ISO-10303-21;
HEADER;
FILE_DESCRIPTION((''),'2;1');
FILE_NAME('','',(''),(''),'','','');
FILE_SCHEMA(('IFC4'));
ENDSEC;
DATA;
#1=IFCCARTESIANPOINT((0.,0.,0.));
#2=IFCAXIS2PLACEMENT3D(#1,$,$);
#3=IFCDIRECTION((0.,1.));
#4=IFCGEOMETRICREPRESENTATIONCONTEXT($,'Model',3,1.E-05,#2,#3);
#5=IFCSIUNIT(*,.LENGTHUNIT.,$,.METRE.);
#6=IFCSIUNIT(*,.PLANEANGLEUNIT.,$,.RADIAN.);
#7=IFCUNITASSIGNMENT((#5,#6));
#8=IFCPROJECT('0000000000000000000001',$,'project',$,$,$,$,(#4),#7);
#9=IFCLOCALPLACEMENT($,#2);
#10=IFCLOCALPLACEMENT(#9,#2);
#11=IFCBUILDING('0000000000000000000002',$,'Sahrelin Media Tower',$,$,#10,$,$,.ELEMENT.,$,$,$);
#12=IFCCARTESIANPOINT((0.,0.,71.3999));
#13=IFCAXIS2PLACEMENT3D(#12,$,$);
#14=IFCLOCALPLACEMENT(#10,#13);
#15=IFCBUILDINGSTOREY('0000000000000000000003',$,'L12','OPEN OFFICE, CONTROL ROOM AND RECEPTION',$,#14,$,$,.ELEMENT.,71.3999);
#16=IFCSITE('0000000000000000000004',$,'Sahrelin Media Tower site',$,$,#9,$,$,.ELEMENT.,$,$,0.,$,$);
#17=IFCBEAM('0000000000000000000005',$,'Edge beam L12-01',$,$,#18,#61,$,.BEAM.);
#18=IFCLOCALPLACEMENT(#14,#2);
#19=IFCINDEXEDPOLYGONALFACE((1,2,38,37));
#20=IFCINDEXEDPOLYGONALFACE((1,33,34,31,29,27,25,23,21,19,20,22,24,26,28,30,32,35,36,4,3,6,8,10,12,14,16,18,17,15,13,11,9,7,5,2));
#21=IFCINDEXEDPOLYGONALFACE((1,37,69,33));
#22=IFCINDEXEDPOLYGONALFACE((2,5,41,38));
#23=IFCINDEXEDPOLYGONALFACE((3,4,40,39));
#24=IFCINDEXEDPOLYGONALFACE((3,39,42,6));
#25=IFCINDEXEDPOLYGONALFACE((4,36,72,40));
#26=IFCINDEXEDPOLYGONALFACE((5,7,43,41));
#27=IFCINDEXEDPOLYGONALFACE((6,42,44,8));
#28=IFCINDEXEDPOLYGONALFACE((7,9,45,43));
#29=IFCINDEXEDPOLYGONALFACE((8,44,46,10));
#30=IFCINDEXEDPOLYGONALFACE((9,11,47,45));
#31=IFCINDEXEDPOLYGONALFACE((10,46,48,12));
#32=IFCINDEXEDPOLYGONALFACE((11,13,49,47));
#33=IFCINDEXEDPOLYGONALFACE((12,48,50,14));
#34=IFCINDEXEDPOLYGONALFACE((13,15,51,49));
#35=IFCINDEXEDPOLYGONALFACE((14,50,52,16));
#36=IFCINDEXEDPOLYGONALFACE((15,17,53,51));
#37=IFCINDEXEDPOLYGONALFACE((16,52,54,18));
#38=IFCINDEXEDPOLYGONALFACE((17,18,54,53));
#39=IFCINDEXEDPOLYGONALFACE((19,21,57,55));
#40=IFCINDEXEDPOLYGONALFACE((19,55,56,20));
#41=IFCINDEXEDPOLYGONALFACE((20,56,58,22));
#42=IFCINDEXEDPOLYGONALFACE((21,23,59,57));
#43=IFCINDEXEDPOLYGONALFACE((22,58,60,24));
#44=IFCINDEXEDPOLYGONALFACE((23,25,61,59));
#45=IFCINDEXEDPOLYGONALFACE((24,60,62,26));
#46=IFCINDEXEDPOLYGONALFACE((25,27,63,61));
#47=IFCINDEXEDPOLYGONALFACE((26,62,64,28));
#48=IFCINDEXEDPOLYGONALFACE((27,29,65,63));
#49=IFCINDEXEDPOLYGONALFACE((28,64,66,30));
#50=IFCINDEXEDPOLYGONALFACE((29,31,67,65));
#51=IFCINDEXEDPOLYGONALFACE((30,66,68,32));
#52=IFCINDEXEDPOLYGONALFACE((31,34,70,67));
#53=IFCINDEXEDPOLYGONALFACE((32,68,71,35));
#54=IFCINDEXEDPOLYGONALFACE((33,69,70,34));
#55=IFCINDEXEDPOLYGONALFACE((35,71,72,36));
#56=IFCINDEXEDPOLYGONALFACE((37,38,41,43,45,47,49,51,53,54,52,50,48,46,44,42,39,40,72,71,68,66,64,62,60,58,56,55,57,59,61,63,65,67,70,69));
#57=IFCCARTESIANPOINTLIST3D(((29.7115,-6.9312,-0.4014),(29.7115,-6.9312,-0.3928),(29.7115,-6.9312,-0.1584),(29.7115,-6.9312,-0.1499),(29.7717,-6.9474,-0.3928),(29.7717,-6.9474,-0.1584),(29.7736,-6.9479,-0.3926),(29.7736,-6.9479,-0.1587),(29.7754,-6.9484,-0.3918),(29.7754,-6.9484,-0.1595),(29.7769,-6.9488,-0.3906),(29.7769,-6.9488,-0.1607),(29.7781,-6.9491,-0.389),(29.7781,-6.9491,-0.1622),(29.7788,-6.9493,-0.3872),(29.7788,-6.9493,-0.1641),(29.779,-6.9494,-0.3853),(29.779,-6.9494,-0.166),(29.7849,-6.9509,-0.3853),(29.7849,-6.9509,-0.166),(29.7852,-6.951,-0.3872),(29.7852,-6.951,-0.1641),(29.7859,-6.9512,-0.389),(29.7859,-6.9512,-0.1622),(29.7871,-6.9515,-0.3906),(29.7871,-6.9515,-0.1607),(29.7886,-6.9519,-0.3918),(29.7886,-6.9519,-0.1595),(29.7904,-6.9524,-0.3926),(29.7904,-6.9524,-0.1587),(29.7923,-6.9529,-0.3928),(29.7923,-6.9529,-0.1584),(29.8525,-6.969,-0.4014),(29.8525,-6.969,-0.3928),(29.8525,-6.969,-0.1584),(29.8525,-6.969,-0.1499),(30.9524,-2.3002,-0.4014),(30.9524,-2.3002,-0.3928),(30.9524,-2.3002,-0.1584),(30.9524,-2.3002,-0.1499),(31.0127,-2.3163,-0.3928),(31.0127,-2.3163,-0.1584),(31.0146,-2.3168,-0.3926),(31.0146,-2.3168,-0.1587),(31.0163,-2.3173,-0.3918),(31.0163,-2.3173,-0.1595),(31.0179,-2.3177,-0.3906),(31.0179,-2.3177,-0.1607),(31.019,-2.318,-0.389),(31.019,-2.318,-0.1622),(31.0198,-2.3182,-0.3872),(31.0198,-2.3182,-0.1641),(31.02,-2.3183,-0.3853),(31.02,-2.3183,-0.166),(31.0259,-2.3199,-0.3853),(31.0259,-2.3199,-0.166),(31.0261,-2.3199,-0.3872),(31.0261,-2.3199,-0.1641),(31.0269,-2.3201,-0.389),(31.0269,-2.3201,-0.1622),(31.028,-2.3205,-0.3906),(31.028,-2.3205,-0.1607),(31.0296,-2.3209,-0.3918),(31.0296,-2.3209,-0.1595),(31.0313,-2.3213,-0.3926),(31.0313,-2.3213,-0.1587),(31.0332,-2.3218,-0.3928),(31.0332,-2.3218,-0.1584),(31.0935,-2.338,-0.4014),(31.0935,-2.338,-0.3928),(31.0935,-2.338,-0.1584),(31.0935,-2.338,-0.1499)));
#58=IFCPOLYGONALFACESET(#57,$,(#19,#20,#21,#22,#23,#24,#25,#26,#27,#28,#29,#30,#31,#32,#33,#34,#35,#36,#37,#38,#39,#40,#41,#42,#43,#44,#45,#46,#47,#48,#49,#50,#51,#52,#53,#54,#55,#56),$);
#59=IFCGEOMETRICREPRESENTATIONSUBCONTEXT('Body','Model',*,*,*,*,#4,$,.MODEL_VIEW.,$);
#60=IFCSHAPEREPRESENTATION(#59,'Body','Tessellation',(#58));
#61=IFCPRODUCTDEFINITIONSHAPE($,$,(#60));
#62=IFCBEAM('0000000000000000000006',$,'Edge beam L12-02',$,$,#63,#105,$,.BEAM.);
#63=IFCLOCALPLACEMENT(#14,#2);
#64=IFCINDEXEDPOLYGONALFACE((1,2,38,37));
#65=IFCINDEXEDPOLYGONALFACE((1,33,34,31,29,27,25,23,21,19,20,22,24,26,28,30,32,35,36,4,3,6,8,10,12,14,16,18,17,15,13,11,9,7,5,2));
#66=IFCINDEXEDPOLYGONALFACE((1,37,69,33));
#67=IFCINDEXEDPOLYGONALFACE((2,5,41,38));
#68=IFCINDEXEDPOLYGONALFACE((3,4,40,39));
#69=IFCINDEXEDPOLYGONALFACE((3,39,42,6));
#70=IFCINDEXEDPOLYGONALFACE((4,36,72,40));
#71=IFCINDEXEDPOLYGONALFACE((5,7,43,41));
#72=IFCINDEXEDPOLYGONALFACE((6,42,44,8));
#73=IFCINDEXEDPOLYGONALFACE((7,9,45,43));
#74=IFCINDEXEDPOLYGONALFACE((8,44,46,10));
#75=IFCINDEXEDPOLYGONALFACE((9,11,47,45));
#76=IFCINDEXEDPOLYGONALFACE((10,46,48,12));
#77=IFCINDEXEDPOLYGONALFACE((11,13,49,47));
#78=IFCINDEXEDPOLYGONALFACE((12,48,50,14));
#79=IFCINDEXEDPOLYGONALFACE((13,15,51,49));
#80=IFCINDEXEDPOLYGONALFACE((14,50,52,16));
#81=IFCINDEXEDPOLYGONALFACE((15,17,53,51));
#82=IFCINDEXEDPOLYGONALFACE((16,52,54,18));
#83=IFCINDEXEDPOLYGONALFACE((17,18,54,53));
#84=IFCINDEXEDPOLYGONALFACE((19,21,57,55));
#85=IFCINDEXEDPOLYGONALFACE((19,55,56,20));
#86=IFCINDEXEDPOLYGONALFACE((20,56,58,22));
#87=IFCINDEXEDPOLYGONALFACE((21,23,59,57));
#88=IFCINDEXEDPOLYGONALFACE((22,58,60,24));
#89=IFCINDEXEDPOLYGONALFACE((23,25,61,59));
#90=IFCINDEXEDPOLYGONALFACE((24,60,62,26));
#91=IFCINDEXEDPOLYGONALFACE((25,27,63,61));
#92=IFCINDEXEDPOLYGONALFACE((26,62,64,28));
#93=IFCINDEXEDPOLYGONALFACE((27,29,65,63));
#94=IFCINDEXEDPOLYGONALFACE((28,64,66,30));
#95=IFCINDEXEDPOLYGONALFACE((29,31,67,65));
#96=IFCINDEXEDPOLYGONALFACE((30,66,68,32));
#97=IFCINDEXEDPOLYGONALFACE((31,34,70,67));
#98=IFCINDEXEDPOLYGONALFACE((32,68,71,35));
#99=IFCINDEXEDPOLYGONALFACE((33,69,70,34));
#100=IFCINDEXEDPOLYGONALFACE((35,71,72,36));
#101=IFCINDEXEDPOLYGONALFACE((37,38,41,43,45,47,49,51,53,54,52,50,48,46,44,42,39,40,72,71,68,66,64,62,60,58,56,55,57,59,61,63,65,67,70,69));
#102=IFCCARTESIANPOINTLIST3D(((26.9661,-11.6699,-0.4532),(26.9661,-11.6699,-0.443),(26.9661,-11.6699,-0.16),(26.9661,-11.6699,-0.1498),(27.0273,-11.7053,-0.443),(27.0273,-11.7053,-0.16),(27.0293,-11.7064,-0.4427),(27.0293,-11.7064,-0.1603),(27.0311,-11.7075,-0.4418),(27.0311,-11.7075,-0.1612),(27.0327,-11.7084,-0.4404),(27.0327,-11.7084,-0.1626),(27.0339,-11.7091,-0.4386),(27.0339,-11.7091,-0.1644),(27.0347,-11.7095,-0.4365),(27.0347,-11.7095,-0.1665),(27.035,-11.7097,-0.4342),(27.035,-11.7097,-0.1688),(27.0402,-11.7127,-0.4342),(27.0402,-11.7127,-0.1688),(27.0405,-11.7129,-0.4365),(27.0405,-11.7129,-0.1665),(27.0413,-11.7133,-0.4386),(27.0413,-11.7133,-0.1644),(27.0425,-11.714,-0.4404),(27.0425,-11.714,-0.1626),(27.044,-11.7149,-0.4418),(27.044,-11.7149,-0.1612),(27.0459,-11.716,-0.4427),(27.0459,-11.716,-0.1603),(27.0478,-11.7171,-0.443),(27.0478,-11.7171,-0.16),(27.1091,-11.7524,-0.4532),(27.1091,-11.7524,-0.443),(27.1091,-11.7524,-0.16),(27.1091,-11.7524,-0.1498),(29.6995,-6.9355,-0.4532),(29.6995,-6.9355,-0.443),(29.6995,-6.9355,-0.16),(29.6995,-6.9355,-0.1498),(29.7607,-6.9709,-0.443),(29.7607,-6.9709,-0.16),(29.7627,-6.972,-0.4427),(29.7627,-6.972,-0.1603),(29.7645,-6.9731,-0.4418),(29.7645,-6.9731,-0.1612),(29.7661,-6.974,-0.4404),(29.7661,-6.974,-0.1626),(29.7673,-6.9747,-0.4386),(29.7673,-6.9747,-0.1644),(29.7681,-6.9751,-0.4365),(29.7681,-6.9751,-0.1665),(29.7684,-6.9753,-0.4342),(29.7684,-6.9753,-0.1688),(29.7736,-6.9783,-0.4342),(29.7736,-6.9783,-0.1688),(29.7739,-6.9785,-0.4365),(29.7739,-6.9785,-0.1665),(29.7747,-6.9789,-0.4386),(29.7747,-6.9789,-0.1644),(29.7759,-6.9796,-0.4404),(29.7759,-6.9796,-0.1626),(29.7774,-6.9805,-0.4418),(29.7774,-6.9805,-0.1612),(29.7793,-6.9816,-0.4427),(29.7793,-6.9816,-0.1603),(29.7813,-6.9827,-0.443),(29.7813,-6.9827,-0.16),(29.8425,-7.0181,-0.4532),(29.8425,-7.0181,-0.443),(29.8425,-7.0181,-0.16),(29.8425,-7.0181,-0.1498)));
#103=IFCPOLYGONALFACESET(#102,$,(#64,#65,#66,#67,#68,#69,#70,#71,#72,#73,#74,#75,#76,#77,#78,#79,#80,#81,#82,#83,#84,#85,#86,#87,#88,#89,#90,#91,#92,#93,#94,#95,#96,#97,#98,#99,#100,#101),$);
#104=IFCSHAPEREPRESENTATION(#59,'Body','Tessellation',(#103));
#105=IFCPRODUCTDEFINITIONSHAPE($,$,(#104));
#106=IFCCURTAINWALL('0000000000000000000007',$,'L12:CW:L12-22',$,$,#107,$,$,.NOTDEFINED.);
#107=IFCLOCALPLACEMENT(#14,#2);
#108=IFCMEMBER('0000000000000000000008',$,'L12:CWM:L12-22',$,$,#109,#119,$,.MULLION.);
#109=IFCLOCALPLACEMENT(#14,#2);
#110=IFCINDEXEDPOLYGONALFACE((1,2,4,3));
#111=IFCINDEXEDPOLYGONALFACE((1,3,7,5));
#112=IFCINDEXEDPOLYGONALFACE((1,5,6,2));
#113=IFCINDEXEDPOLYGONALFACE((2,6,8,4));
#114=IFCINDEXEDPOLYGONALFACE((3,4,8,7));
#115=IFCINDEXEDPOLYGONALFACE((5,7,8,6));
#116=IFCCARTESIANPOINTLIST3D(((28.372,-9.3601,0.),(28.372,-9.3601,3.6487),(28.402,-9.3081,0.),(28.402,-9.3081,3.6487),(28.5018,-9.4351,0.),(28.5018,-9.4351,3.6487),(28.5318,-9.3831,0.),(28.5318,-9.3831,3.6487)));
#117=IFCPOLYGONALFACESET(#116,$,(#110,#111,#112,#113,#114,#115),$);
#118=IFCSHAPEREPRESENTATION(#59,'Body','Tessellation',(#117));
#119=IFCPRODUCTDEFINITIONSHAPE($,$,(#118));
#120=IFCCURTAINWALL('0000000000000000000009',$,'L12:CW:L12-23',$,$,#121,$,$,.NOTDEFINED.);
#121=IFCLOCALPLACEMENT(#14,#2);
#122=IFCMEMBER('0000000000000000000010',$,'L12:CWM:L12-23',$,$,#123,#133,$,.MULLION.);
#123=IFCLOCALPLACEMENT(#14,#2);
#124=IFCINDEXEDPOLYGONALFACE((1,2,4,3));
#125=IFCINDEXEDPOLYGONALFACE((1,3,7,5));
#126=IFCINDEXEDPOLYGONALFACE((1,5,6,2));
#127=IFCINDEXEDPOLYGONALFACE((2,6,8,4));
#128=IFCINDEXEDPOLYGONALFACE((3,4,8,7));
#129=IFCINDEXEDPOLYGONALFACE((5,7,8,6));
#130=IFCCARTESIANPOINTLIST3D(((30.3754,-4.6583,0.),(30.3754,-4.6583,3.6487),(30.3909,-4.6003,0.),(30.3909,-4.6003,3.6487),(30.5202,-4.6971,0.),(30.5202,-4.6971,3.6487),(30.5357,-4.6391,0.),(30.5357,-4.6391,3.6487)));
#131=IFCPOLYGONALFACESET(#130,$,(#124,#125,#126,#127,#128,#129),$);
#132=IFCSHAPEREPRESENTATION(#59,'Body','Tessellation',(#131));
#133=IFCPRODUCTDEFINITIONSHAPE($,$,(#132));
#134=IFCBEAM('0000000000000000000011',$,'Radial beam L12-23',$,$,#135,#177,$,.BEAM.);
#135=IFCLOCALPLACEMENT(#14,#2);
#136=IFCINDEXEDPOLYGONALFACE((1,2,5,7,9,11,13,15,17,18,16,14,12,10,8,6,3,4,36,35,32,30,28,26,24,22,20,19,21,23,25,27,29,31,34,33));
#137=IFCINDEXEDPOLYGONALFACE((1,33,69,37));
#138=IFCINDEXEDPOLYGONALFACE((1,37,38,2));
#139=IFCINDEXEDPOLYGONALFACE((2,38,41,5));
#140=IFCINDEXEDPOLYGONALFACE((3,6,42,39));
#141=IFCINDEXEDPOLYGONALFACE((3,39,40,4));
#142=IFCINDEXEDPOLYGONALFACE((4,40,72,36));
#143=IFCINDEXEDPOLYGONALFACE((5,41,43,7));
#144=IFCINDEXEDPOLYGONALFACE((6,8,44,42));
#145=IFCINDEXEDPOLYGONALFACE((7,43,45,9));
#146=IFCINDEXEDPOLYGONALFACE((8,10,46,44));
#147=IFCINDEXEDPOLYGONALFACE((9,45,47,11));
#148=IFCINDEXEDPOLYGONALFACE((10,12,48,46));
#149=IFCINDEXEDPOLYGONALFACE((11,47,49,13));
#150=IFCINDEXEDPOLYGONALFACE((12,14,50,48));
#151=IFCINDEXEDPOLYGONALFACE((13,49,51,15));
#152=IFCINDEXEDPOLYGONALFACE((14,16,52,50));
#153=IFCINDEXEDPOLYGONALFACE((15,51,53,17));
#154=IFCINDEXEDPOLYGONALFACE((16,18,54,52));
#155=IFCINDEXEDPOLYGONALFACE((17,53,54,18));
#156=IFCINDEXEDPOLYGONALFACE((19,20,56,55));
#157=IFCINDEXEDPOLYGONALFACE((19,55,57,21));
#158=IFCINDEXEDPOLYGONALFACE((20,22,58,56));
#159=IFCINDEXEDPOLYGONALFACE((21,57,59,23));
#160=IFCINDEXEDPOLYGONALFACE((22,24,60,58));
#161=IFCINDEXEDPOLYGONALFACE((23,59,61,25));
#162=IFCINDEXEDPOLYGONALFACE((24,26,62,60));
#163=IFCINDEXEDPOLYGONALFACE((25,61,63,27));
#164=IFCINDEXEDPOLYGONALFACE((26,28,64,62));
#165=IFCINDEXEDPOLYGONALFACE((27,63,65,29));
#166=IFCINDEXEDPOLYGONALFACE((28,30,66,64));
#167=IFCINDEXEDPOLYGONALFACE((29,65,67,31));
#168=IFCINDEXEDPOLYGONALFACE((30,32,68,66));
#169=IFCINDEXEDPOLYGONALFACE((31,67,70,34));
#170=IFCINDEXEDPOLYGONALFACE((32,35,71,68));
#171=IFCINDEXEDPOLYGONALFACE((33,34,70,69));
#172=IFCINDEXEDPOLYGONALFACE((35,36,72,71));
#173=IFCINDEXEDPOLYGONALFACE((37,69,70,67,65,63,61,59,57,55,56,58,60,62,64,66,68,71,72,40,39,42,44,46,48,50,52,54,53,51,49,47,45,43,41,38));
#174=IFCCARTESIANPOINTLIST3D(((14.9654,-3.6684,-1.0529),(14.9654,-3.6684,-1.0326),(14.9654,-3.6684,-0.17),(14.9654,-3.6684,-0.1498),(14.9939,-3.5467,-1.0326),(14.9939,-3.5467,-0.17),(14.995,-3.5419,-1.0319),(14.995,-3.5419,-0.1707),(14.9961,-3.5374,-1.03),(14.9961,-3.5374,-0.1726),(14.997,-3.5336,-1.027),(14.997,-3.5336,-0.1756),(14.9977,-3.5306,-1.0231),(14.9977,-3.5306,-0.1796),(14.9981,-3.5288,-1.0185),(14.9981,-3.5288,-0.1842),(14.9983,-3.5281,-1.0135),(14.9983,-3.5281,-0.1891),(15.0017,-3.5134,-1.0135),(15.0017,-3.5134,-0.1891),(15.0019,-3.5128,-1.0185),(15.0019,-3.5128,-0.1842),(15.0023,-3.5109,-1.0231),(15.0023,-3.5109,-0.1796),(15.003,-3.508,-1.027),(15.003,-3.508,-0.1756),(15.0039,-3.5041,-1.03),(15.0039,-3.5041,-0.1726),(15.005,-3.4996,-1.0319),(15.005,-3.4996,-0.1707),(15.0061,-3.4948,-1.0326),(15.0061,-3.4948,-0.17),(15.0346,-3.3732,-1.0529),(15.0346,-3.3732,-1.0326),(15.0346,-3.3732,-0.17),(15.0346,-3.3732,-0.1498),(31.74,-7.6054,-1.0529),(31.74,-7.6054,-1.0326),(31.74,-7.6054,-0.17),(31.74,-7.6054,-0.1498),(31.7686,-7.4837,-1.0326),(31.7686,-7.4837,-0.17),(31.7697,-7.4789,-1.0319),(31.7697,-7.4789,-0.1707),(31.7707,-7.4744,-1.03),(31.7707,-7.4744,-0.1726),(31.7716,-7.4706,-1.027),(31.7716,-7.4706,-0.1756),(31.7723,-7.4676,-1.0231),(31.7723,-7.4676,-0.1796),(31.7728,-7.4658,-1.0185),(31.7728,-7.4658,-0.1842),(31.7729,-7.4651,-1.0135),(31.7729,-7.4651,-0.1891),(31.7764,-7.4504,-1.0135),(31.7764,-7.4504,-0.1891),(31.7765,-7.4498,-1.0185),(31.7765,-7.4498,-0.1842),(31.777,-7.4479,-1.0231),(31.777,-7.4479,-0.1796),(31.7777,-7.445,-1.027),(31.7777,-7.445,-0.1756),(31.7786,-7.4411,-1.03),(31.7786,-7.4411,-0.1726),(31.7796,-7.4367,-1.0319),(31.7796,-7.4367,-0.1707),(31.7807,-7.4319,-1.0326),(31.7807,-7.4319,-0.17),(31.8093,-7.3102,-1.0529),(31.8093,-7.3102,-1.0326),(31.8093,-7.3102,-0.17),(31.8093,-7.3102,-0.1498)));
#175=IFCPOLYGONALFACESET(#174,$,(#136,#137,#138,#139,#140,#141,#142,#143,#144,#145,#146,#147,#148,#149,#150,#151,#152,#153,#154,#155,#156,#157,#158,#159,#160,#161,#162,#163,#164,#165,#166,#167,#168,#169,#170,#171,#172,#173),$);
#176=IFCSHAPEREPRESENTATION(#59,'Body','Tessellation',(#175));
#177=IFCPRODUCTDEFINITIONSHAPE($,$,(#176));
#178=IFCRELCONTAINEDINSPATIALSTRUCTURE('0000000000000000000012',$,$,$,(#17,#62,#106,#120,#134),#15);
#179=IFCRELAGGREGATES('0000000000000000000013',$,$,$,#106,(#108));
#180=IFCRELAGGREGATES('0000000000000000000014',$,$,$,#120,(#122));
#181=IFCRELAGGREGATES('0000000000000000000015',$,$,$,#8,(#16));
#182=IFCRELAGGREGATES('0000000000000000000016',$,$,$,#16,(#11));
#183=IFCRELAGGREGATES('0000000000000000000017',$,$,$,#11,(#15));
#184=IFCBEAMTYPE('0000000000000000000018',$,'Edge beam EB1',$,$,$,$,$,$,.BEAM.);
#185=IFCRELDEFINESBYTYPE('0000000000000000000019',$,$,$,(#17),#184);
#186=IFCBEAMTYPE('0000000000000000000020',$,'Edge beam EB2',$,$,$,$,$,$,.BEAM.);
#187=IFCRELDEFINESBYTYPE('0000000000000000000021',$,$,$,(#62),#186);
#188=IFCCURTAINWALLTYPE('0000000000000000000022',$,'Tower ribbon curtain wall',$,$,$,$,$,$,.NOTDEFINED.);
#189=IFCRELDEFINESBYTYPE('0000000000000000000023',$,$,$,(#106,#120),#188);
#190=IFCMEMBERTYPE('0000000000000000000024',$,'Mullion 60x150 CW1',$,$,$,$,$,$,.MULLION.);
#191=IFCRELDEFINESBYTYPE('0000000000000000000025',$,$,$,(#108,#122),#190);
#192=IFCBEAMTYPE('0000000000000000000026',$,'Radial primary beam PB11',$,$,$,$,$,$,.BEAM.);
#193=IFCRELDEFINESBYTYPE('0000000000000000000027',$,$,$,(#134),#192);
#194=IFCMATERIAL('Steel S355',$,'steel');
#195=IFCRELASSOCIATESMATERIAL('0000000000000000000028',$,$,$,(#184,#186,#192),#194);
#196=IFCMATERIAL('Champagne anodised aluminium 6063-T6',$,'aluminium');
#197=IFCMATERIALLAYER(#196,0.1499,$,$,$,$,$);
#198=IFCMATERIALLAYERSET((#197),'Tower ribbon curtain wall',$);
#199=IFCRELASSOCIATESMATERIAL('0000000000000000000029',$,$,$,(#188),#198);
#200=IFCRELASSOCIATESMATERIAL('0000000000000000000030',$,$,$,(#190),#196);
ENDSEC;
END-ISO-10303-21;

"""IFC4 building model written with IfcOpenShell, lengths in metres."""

from ifc_helpers import new_model, si_unit, direction, frame, origin, origin_2d, place, context, subcontext, project, spatial, rectangle, i_section, extrude, material, layer, layer_set, material_profile, profile_set, type_object, element, aggregate, save


model = new_model("IFC4")

# Units and contexts
model_context = context("Model", 3, precision=1e-05, world=origin(), true_north=direction((0.0, 1.0)))
body_context = subcontext(model_context, "Body", "Model", "MODEL_VIEW")
ifc_project = project(units=[si_unit("LENGTHUNIT", "METRE"), si_unit("PLANEANGLEUNIT", "RADIAN")], contexts=[model_context])

# Site, building, storey
site_placement = place(None, origin())
site = spatial("IfcSite", under=ifc_project, at=site_placement, Name="Sahrelin Media Tower site", CompositionType="ELEMENT", RefElevation=0.0)
building_placement = place(site_placement, origin())
building = spatial("IfcBuilding", under=site, at=building_placement, Name="Sahrelin Media Tower", CompositionType="ELEMENT")
storey_placement = place(building_placement, frame((0.0, 0.0, 71.3999)))
storey = spatial("IfcBuildingStorey", under=building, at=storey_placement, Name="L12", Description="OPEN OFFICE, CONTROL ROOM AND RECEPTION", CompositionType="ELEMENT", Elevation=71.3999)

# Beams
ifc_material_1 = material(Name="Steel S355", Category="steel")
ifc_material_profile_1 = material_profile(ifc_material_1, i_section(OverallWidth=0.146, OverallDepth=0.2515, WebThickness=0.0061, FlangeThickness=0.0085, FilletRadius=0.0076, at=origin_2d()), Name="UB 254x146x31")
ifc_profile_set_1 = profile_set([ifc_material_profile_1], Name="Steel S355")
beam_type_1 = type_object("IfcBeamType", Name="Edge beam EB1", PredefinedType="BEAM", material=ifc_profile_set_1)
beam_1_placement = place(storey_placement, frame((31.0229, -2.3191, -0.2756), z_axis=(-0.258832, -0.965922, 0.0), x_axis=(0.965922, -0.258832, 0.0)))
element("IfcBeam", 1, at=beam_1_placement, inside=storey, type_object=beam_type_1, Name="Edge beam L12-01", PredefinedType="BEAM", context=body_context, shape_type="SweptSolid", body=[
    extrude(i_section(OverallWidth=0.146, OverallDepth=0.2515, WebThickness=0.0061, FlangeThickness=0.0085, FilletRadius=0.0076, at=origin_2d()), origin(), (0.0, 0.0, 1.0), 4.7944),
])
ifc_material_profile_2 = material_profile(ifc_material_1, i_section(OverallWidth=0.165, OverallDepth=0.3035, WebThickness=0.0061, FlangeThickness=0.0103, FilletRadius=0.0088, at=origin_2d()), Name="UB 305x165x40")
ifc_profile_set_2 = profile_set([ifc_material_profile_2], Name="Steel S355")
beam_type_2 = type_object("IfcBeamType", Name="Edge beam EB2", PredefinedType="BEAM", material=ifc_profile_set_2)
beam_2_placement = place(storey_placement, frame((29.771, -6.9768, -0.3015), z_axis=(-0.500001, -0.866025, 0.0), x_axis=(0.866025, -0.500001, 0.0)))
element("IfcBeam", 2, at=beam_2_placement, inside=storey, type_object=beam_type_2, Name="Edge beam L12-02", PredefinedType="BEAM", context=body_context, shape_type="SweptSolid", body=[
    extrude(i_section(OverallWidth=0.165, OverallDepth=0.3035, WebThickness=0.0061, FlangeThickness=0.0103, FilletRadius=0.0088, at=origin_2d()), origin(), (0.0, 0.0, 1.0), 5.4668),
])

# Curtain walls, members
ifc_material_2 = material(Name="Champagne anodised aluminium 6063-T6", Category="aluminium")
ifc_layer_1 = layer(ifc_material_2, 0.1499)
ifc_layer_set_1 = layer_set([ifc_layer_1], Name="Tower ribbon curtain wall")
curtain_wall_type = type_object("IfcCurtainWallType", Name="Tower ribbon curtain wall", PredefinedType="NOTDEFINED", material=ifc_layer_set_1)
curtain_wall_1_placement = place(storey_placement, frame((28.5342, -9.4189, 0.0), z_axis=(0.0, 0.0, 1.0), x_axis=(1.0, 0.0, 0.0)))
curtain_wall_1 = element("IfcCurtainWall", 3, at=curtain_wall_1_placement, inside=storey, type_object=curtain_wall_type, Name="L12:CW:L12-22", PredefinedType="NOTDEFINED")
ifc_material_profile_3 = material_profile(ifc_material_2, rectangle(XDim=0.0601, YDim=0.1499, at=origin_2d()), Name="Mullion 60x150")
ifc_profile_set_3 = profile_set([ifc_material_profile_3], Name="Champagne anodised aluminium 6063-T6")
member_type_1 = type_object("IfcMemberType", Name="Mullion 60x150 CW1", PredefinedType="MULLION", material=ifc_profile_set_3)
member_1_placement = place(storey_placement, frame((28.4519, -9.3716, 0.0), z_axis=(0.0, 0.0, 1.0), x_axis=(0.5, 0.866025, 0.0)))
member_1 = element("IfcMember", 4, at=member_1_placement, type_object=member_type_1, Name="L12:CWM:L12-22", PredefinedType="MULLION", context=body_context, shape_type="SweptSolid", body=[
    extrude(rectangle(XDim=0.0601, YDim=0.1499, at=origin_2d()), origin(), (0.0, 0.0, 1.0), 3.6487),
])
curtain_wall_2_placement = place(storey_placement, frame((30.5474, -4.6733, 0.0), z_axis=(0.0, 0.0, 1.0), x_axis=(1.0, 0.0, 0.0)))
curtain_wall_2 = element("IfcCurtainWall", 5, at=curtain_wall_2_placement, inside=storey, type_object=curtain_wall_type, Name="L12:CW:L12-23", PredefinedType="NOTDEFINED")
member_2_placement = place(storey_placement, frame((30.4556, -4.6487, 0.0), z_axis=(0.0, 0.0, 1.0), x_axis=(0.258807, 0.965929, 0.0)))
member_2 = element("IfcMember", 6, at=member_2_placement, type_object=member_type_1, Name="L12:CWM:L12-23", PredefinedType="MULLION", context=body_context, shape_type="SweptSolid", body=[
    extrude(rectangle(XDim=0.0601, YDim=0.1499, at=origin_2d()), origin(), (0.0, 0.0, 1.0), 3.6487),
])

# Beam
ifc_material_profile_4 = material_profile(ifc_material_1, i_section(OverallWidth=0.3032, OverallDepth=0.9031, WebThickness=0.0151, FlangeThickness=0.0203, FilletRadius=0.019, at=origin_2d()), Name="UB 914x305x201")
ifc_profile_set_4 = profile_set([ifc_material_profile_4], Name="Steel S355")
beam_type_3 = type_object("IfcBeamType", Name="Radial primary beam PB11", PredefinedType="BEAM", material=ifc_profile_set_4)
beam_3_placement = place(storey_placement, frame((15.0, -3.5208, -0.6013), z_axis=(0.973546, -0.228491, 0.0), x_axis=(0.228491, 0.973546, 0.0)))
element("IfcBeam", 7, at=beam_3_placement, inside=storey, type_object=beam_type_3, Name="Radial beam L12-23", PredefinedType="BEAM", context=body_context, shape_type="SweptSolid", body=[
    extrude(i_section(OverallWidth=0.3032, OverallDepth=0.9031, WebThickness=0.0151, FlangeThickness=0.0203, FilletRadius=0.019, at=origin_2d()), origin(), (0.0, 0.0, 1.0), 17.2305),
])

aggregate(curtain_wall_1, [member_1])

aggregate(curtain_wall_2, [member_2])

save(model, "model.ifc")
